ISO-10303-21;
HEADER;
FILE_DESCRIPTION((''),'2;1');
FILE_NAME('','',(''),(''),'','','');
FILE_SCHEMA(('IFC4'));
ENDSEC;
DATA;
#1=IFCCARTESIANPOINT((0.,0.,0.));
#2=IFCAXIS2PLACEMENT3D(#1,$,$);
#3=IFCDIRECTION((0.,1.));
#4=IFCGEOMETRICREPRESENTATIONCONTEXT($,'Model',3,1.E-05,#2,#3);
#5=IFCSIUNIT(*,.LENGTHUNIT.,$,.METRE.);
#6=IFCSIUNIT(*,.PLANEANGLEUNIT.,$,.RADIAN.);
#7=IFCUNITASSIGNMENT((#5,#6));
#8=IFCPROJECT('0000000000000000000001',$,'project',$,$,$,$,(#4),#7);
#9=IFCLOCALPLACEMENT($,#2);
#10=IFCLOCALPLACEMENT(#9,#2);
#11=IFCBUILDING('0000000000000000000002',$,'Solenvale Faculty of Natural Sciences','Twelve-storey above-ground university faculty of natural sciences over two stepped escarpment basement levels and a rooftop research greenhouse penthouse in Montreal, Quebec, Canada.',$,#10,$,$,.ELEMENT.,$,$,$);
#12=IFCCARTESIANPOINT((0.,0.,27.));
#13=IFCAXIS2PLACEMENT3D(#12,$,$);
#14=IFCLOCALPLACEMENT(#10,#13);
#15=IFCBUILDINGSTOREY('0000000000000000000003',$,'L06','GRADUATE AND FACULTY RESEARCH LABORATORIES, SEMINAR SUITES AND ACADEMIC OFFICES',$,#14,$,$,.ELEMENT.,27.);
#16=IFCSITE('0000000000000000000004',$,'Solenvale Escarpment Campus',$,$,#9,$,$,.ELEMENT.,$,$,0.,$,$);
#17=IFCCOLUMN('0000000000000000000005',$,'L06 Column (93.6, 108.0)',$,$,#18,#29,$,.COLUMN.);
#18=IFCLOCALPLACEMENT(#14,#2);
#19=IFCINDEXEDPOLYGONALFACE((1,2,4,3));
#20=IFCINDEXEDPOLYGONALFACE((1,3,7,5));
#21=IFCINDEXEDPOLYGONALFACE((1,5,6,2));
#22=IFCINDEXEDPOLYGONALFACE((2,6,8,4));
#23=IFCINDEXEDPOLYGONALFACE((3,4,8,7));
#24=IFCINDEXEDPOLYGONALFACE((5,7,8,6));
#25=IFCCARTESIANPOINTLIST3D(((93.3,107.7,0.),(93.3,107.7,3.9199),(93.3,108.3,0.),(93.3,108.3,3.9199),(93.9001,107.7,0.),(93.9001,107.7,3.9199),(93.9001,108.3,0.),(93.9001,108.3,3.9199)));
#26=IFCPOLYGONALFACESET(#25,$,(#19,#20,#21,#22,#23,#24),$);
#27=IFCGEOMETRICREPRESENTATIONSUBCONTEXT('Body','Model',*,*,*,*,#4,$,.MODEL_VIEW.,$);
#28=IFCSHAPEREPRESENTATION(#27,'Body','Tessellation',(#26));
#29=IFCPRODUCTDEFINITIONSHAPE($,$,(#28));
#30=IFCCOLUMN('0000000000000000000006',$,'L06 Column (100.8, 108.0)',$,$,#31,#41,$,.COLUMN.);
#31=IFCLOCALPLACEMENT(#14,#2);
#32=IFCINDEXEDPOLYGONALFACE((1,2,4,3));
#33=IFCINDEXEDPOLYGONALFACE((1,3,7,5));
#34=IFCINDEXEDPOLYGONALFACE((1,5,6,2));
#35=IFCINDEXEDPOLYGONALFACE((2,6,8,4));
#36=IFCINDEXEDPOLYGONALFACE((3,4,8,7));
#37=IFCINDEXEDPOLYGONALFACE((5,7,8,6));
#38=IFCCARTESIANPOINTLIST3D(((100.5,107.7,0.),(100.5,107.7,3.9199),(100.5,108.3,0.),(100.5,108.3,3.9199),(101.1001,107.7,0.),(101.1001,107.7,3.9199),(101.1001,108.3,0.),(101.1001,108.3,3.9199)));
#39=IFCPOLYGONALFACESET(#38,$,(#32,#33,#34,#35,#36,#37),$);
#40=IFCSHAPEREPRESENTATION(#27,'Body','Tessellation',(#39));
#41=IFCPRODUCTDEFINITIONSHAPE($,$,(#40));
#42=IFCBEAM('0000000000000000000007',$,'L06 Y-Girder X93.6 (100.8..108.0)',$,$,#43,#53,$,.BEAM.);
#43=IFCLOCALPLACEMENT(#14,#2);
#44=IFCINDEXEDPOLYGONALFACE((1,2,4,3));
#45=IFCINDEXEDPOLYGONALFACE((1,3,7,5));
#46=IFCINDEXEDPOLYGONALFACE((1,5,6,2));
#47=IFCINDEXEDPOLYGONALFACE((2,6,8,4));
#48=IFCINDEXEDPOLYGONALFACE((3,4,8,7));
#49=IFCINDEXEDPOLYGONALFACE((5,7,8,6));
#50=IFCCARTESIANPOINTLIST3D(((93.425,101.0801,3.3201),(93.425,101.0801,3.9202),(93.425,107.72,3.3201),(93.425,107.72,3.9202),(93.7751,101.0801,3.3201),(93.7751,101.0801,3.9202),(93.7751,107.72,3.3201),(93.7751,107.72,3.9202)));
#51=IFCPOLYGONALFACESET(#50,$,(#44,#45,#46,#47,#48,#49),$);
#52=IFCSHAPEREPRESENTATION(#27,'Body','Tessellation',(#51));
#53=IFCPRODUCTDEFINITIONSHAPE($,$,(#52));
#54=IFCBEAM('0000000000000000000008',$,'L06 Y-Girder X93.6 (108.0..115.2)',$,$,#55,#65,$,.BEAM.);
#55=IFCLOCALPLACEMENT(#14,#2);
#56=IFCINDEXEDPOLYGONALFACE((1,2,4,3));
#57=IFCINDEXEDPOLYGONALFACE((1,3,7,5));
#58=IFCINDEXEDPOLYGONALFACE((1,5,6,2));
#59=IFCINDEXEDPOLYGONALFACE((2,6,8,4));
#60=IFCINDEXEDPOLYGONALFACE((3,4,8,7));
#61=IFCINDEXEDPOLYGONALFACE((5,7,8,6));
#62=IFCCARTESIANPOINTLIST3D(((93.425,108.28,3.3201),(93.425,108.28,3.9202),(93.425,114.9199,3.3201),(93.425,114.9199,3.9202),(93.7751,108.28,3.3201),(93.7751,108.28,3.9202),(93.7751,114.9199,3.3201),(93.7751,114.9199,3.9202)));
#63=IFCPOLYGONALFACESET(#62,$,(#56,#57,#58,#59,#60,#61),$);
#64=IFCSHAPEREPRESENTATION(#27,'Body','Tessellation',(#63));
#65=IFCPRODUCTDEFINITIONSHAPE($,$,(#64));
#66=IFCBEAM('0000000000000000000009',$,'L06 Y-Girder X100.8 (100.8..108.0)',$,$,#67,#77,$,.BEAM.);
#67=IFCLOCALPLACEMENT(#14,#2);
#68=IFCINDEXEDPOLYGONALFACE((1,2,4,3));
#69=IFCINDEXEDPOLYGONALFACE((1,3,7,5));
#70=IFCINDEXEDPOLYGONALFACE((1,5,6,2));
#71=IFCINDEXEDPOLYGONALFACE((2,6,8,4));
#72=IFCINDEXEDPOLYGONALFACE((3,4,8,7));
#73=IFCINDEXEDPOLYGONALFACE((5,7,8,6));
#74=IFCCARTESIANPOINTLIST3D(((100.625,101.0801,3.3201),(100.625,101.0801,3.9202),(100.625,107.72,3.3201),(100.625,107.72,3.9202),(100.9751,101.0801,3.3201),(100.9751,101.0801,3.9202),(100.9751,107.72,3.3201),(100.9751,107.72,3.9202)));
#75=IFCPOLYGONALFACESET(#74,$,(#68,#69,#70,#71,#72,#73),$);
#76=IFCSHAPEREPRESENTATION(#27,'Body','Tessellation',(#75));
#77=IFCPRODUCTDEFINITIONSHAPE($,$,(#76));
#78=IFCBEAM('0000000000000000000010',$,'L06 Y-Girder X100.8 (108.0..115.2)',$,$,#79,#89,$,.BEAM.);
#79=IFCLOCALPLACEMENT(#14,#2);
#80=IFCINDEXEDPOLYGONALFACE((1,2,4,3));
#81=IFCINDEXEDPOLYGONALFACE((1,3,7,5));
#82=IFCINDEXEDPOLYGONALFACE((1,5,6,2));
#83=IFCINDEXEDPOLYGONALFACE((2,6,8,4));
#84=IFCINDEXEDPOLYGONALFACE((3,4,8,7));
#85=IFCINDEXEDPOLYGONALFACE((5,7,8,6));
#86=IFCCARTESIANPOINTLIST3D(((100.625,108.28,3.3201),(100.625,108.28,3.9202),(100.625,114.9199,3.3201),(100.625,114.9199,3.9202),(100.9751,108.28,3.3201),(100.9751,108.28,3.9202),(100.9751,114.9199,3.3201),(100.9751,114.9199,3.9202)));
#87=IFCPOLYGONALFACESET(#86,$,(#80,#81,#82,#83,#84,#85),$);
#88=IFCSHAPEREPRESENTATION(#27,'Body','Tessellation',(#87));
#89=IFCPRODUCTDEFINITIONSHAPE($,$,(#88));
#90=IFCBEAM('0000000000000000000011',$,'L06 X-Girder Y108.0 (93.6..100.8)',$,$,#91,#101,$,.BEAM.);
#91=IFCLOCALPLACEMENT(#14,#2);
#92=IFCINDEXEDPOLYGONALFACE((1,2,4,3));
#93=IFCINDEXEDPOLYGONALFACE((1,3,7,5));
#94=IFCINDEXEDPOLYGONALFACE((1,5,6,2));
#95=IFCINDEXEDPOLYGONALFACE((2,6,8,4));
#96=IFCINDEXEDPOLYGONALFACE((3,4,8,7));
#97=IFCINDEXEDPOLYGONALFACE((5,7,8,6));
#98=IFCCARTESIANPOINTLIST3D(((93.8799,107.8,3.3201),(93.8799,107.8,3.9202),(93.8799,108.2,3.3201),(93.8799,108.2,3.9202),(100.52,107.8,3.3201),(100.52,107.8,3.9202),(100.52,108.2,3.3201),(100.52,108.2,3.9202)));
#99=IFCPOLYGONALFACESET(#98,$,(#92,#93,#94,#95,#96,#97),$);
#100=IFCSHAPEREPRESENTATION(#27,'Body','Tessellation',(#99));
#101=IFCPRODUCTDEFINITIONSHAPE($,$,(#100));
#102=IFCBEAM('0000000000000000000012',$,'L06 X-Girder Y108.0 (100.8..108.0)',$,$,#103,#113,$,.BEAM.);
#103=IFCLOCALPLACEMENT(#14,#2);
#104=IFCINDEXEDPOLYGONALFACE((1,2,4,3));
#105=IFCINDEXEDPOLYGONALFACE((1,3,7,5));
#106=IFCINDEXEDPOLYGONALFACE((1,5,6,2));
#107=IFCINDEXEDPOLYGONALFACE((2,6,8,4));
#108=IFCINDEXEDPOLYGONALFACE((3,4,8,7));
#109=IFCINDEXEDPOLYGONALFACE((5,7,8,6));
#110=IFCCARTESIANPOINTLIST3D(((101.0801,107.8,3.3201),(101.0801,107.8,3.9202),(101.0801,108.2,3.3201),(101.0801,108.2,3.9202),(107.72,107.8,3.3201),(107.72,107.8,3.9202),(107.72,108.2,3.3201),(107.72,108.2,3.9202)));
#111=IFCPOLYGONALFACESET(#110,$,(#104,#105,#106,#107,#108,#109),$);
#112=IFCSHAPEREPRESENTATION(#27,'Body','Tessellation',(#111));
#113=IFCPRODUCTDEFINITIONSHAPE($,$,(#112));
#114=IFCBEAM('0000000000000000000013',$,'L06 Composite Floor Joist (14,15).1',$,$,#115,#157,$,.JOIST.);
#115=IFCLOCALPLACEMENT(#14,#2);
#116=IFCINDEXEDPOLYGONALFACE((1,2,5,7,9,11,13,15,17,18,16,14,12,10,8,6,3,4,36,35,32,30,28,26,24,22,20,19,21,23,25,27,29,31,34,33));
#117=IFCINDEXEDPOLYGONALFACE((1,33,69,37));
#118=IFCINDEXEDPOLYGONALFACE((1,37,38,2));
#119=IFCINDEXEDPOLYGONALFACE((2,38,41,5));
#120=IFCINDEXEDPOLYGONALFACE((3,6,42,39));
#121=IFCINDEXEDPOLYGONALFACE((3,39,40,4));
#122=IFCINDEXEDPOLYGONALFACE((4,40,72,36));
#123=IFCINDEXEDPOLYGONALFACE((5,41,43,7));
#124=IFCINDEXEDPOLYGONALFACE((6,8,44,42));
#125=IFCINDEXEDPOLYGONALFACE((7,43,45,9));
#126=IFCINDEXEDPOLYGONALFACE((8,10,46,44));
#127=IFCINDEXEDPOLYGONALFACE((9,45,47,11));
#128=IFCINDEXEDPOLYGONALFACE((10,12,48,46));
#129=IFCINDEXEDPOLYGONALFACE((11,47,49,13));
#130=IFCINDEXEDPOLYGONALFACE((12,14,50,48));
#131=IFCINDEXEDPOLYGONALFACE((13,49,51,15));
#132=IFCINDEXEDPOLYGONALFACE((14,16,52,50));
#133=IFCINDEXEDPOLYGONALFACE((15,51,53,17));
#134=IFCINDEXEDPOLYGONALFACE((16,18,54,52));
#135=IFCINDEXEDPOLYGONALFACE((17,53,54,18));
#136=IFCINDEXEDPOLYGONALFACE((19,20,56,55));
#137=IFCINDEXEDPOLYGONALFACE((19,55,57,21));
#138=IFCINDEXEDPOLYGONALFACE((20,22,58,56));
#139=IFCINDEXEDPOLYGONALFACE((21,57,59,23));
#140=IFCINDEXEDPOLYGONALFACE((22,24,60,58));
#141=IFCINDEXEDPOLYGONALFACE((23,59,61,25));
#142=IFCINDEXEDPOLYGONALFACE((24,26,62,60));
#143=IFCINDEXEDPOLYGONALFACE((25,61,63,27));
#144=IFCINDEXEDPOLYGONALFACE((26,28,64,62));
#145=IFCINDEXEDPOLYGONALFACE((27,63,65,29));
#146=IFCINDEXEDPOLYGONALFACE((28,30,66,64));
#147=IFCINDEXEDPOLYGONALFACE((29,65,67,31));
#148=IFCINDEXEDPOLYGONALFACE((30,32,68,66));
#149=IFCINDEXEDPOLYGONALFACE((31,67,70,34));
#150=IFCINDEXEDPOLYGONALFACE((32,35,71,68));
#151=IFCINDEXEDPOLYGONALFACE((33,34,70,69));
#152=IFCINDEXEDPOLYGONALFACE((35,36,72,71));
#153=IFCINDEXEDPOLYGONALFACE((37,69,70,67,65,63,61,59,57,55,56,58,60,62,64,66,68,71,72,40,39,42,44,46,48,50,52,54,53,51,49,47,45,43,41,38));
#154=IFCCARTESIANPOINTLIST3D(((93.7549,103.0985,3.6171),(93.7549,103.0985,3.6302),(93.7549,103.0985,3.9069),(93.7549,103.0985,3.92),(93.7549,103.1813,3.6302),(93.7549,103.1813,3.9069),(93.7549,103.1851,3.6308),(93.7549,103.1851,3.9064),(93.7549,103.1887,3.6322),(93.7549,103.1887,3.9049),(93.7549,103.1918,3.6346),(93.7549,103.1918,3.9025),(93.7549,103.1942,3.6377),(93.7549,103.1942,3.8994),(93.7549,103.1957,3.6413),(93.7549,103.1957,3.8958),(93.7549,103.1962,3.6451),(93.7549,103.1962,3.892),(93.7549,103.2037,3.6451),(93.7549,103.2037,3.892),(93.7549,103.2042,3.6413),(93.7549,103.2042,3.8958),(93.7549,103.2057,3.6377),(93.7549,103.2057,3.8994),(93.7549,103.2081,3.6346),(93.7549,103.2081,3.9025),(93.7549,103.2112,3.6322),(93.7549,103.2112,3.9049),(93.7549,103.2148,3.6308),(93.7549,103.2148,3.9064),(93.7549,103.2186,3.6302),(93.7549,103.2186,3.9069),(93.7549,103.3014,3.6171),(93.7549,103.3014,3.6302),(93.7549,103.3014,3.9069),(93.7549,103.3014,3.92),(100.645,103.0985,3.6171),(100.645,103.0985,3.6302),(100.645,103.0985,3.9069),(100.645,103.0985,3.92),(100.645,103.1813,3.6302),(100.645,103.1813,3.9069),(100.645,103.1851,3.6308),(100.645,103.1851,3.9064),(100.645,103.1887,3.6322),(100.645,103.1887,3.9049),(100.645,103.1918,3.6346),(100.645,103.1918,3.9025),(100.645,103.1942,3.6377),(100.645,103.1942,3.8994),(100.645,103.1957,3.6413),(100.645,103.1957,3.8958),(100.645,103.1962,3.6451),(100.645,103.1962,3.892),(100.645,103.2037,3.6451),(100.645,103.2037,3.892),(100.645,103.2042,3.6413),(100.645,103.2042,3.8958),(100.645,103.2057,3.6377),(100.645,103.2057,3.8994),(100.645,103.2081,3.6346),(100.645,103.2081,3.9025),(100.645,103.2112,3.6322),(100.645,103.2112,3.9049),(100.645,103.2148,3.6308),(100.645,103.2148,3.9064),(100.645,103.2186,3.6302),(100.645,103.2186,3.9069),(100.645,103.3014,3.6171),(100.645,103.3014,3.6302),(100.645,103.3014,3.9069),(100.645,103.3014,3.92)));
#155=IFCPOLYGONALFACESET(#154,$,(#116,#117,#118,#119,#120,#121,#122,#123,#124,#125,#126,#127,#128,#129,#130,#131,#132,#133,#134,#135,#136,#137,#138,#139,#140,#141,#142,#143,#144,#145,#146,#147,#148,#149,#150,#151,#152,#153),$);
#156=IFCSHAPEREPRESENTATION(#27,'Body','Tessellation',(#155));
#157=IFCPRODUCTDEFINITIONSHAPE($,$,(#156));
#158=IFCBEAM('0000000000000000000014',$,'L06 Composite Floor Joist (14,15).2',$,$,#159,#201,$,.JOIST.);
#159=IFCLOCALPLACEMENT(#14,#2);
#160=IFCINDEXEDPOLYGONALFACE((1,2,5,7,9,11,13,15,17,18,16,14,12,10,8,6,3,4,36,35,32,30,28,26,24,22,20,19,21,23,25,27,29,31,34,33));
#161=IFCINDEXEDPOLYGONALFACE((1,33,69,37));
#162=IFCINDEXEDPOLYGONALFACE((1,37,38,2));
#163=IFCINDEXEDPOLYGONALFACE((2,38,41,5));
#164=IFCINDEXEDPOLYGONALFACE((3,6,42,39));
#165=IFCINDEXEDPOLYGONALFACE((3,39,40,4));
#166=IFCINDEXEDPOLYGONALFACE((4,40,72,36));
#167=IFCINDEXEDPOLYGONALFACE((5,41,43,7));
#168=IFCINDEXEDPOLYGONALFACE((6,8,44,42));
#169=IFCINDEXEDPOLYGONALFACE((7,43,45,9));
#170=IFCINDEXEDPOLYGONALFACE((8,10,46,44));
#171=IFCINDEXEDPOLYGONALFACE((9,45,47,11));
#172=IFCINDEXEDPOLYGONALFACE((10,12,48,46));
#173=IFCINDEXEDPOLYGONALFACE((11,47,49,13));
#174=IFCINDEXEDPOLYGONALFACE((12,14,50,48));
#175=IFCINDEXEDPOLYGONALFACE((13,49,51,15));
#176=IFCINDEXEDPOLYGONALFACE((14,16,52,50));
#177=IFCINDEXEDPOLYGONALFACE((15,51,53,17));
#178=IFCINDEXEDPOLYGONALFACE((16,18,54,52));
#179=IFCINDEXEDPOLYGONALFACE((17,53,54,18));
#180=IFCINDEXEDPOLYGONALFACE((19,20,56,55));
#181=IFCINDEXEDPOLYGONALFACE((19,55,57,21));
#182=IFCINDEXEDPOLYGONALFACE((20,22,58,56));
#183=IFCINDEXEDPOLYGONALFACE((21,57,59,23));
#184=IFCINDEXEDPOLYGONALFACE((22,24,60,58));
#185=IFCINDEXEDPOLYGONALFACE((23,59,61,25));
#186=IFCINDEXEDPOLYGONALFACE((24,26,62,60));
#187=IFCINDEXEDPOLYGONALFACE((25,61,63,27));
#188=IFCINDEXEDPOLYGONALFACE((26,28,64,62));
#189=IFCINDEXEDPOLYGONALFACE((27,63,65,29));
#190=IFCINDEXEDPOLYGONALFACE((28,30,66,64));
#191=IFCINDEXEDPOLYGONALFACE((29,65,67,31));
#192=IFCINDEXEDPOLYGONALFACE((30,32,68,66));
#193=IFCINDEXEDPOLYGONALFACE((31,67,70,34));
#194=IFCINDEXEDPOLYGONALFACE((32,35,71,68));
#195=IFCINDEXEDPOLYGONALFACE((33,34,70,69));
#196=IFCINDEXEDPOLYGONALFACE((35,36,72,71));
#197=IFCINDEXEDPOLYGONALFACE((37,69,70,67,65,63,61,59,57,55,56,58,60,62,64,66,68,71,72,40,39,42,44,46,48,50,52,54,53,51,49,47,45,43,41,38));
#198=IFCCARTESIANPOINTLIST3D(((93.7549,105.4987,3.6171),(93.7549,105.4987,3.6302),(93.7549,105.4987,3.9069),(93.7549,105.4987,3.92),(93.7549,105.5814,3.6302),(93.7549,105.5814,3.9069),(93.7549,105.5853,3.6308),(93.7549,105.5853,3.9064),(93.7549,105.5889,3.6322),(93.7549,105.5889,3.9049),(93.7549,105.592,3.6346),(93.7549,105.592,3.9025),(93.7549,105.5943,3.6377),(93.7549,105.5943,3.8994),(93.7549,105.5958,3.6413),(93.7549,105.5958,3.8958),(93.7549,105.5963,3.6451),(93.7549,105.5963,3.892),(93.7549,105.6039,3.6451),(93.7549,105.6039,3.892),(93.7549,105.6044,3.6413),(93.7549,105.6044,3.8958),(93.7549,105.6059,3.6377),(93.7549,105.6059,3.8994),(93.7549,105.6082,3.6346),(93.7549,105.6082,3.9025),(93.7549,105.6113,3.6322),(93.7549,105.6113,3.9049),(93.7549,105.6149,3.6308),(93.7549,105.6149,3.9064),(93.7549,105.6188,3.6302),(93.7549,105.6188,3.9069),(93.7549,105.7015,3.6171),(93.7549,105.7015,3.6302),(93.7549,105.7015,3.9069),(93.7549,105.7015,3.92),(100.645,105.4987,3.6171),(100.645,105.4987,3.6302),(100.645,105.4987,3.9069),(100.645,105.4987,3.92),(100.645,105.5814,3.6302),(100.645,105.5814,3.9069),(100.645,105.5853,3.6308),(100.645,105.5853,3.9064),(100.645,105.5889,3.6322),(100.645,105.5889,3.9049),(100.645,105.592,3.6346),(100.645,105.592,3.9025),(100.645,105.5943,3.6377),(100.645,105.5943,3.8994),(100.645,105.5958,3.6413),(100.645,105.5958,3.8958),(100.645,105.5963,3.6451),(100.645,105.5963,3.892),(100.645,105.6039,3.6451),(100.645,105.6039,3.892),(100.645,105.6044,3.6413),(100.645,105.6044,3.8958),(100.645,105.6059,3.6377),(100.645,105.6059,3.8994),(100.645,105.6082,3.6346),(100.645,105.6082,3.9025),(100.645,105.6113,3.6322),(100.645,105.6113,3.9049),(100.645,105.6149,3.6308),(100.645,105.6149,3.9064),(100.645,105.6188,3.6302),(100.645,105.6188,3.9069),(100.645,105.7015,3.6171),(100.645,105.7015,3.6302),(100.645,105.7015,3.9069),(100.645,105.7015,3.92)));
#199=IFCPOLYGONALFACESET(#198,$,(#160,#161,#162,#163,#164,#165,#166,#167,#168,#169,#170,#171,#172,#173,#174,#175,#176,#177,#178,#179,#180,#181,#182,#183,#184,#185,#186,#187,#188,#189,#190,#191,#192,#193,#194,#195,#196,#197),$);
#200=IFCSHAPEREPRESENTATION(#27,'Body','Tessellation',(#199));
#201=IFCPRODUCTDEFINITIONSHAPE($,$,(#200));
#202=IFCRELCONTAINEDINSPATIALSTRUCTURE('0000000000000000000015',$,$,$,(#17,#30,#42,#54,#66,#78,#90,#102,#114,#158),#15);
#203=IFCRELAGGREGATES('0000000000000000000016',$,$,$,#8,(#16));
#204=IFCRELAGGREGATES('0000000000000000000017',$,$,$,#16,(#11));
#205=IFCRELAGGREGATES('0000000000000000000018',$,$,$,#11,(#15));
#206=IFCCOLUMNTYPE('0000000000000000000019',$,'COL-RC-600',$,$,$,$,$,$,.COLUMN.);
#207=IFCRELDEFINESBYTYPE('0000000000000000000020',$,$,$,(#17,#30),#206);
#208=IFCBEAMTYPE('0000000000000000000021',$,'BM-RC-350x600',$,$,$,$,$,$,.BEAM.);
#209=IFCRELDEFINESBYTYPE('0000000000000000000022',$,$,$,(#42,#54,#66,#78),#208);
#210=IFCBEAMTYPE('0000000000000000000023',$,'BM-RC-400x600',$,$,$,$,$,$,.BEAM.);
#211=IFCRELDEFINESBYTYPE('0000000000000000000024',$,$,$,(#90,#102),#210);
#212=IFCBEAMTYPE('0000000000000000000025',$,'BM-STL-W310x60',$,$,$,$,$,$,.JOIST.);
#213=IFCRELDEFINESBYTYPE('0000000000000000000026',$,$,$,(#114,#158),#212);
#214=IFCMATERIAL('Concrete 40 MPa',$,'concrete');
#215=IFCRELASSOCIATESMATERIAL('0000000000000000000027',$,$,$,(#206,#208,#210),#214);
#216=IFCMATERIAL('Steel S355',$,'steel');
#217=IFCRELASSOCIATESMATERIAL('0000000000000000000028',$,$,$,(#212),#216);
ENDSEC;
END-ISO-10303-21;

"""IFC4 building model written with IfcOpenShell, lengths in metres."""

from ifc_helpers import new_model, si_unit, direction, frame, origin, origin_2d, place, context, subcontext, project, spatial, rectangle, i_section, extrude, material, material_profile, profile_set, type_object, element, save


model = new_model("IFC4")

# Units and contexts
model_context = context("Model", 3, precision=1e-05, world=origin(), true_north=direction((0.0, 1.0)))
body_context = subcontext(model_context, "Body", "Model", "MODEL_VIEW")
ifc_project = project(units=[si_unit("LENGTHUNIT", "METRE"), si_unit("PLANEANGLEUNIT", "RADIAN")], contexts=[model_context])

# Site, building, storey
site_placement = place(None, origin())
site = spatial("IfcSite", under=ifc_project, at=site_placement, Name="Solenvale Escarpment Campus", CompositionType="ELEMENT", RefElevation=0.0)
building_placement = place(site_placement, origin())
building = spatial("IfcBuilding", under=site, at=building_placement, Name="Solenvale Faculty of Natural Sciences", Description="Twelve-storey above-ground university faculty of natural sciences over two stepped escarpment basement levels and a rooftop research greenhouse penthouse in Montreal, Quebec, Canada.", CompositionType="ELEMENT")
storey_placement = place(building_placement, frame((0.0, 0.0, 27.0)))
storey = spatial("IfcBuildingStorey", under=building, at=storey_placement, Name="L06", Description="GRADUATE AND FACULTY RESEARCH LABORATORIES, SEMINAR SUITES AND ACADEMIC OFFICES", CompositionType="ELEMENT", Elevation=27.0)

# Columns
ifc_material_1 = material(Name="Concrete 40 MPa", Category="concrete")
ifc_material_profile_1 = material_profile(ifc_material_1, rectangle(XDim=0.6001, YDim=0.6001, at=origin_2d()), Name="RC-COL-600x600")
ifc_profile_set_1 = profile_set([ifc_material_profile_1], Name="Concrete 40 MPa")
column_type = type_object("IfcColumnType", Name="COL-RC-600", PredefinedType="COLUMN", material=ifc_profile_set_1)
for number, where, z_axis, x_axis, name in (
    (1, (93.6001, 108.0, 0.0), (0.0, 0.0, 1.0), (1.0, 0.0, 0.0), "L06 Column (93.6, 108.0)"),
    (2, (100.8, 108.0, 0.0), (0.0, 0.0, 1.0), (1.0, 0.0, 0.0), "L06 Column (100.8, 108.0)"),
):
    element("IfcColumn", number, at=place(storey_placement, frame(where, z_axis=z_axis, x_axis=x_axis)), inside=storey, type_object=column_type, Name=name, PredefinedType="COLUMN", context=body_context, shape_type="SweptSolid", body=[
        extrude(rectangle(XDim=0.6001, YDim=0.6001, at=origin_2d()), origin(), (0.0, 0.0, 1.0), 3.9199),
    ])

# Beams
ifc_material_profile_2 = material_profile(ifc_material_1, rectangle(XDim=0.3501, YDim=0.6001, at=origin_2d()), Name="RC-BM-350x600")
ifc_profile_set_2 = profile_set([ifc_material_profile_2], Name="Concrete 40 MPa")
beam_type_1 = type_object("IfcBeamType", Name="BM-RC-350x600", PredefinedType="BEAM", material=ifc_profile_set_2)
for number, where, z_axis, x_axis, name in (
    (3, (93.6001, 101.0801, 3.6201), (0.0, 1.0, 0.0), (-1.0, 0.0, 0.0), "L06 Y-Girder X93.6 (100.8..108.0)"),
    (4, (93.6001, 108.28, 3.6201), (0.0, 1.0, 0.0), (-1.0, 0.0, 0.0), "L06 Y-Girder X93.6 (108.0..115.2)"),
    (5, (100.8, 101.0801, 3.6201), (0.0, 1.0, 0.0), (-1.0, 0.0, 0.0), "L06 Y-Girder X100.8 (100.8..108.0)"),
    (6, (100.8, 108.28, 3.6201), (0.0, 1.0, 0.0), (-1.0, 0.0, 0.0), "L06 Y-Girder X100.8 (108.0..115.2)"),
):
    element("IfcBeam", number, at=place(storey_placement, frame(where, z_axis=z_axis, x_axis=x_axis)), inside=storey, type_object=beam_type_1, Name=name, PredefinedType="BEAM", context=body_context, shape_type="SweptSolid", body=[
        extrude(rectangle(XDim=0.3501, YDim=0.6001, at=origin_2d()), origin(), (0.0, 0.0, 1.0), 6.6399),
    ])
ifc_material_profile_3 = material_profile(ifc_material_1, rectangle(XDim=0.3999, YDim=0.6001, at=origin_2d()), Name="RC-BM-400x600")
ifc_profile_set_3 = profile_set([ifc_material_profile_3], Name="Concrete 40 MPa")
beam_type_2 = type_object("IfcBeamType", Name="BM-RC-400x600", PredefinedType="BEAM", material=ifc_profile_set_3)
beam_1_placement = place(storey_placement, frame((93.8799, 108.0, 3.6201), z_axis=(1.0, 0.0, 0.0), x_axis=(0.0, 1.0, 0.0)))
element("IfcBeam", 7, at=beam_1_placement, inside=storey, type_object=beam_type_2, Name="L06 X-Girder Y108.0 (93.6..100.8)", PredefinedType="BEAM", context=body_context, shape_type="SweptSolid", body=[
    extrude(rectangle(XDim=0.3999, YDim=0.6001, at=origin_2d()), origin(), (0.0, 0.0, 1.0), 6.6401),
])
beam_2_placement = place(storey_placement, frame((101.0801, 108.0, 3.6201), z_axis=(1.0, 0.0, 0.0), x_axis=(0.0, 1.0, 0.0)))
element("IfcBeam", 8, at=beam_2_placement, inside=storey, type_object=beam_type_2, Name="L06 X-Girder Y108.0 (100.8..108.0)", PredefinedType="BEAM", context=body_context, shape_type="SweptSolid", body=[
    extrude(rectangle(XDim=0.3999, YDim=0.6001, at=origin_2d()), origin(), (0.0, 0.0, 1.0), 6.6399),
])
ifc_material_2 = material(Name="Steel S355", Category="steel")
ifc_material_profile_4 = material_profile(ifc_material_2, i_section(OverallWidth=0.2029, OverallDepth=0.303, WebThickness=0.0076, FlangeThickness=0.0132, FilletRadius=0.0149, at=origin_2d()), Name="W310x60")
ifc_profile_set_4 = profile_set([ifc_material_profile_4], Name="Steel S355")
beam_type_3 = type_object("IfcBeamType", Name="BM-STL-W310x60", PredefinedType="JOIST", material=ifc_profile_set_4)
for number, where, z_axis, x_axis, name in (
    (9, (93.7549, 103.2, 3.7686), (1.0, 0.0, 0.0), (0.0, 1.0, 0.0), "L06 Composite Floor Joist (14,15).1"),
    (10, (93.7549, 105.6001, 3.7686), (1.0, 0.0, 0.0), (0.0, 1.0, 0.0), "L06 Composite Floor Joist (14,15).2"),
):
    element("IfcBeam", number, at=place(storey_placement, frame(where, z_axis=z_axis, x_axis=x_axis)), inside=storey, type_object=beam_type_3, Name=name, PredefinedType="JOIST", context=body_context, shape_type="SweptSolid", body=[
        extrude(i_section(OverallWidth=0.2029, OverallDepth=0.303, WebThickness=0.0076, FlangeThickness=0.0132, FilletRadius=0.0149, at=origin_2d()), origin(), (0.0, 0.0, 1.0), 6.8901),
    ])

save(model, "model.ifc")
